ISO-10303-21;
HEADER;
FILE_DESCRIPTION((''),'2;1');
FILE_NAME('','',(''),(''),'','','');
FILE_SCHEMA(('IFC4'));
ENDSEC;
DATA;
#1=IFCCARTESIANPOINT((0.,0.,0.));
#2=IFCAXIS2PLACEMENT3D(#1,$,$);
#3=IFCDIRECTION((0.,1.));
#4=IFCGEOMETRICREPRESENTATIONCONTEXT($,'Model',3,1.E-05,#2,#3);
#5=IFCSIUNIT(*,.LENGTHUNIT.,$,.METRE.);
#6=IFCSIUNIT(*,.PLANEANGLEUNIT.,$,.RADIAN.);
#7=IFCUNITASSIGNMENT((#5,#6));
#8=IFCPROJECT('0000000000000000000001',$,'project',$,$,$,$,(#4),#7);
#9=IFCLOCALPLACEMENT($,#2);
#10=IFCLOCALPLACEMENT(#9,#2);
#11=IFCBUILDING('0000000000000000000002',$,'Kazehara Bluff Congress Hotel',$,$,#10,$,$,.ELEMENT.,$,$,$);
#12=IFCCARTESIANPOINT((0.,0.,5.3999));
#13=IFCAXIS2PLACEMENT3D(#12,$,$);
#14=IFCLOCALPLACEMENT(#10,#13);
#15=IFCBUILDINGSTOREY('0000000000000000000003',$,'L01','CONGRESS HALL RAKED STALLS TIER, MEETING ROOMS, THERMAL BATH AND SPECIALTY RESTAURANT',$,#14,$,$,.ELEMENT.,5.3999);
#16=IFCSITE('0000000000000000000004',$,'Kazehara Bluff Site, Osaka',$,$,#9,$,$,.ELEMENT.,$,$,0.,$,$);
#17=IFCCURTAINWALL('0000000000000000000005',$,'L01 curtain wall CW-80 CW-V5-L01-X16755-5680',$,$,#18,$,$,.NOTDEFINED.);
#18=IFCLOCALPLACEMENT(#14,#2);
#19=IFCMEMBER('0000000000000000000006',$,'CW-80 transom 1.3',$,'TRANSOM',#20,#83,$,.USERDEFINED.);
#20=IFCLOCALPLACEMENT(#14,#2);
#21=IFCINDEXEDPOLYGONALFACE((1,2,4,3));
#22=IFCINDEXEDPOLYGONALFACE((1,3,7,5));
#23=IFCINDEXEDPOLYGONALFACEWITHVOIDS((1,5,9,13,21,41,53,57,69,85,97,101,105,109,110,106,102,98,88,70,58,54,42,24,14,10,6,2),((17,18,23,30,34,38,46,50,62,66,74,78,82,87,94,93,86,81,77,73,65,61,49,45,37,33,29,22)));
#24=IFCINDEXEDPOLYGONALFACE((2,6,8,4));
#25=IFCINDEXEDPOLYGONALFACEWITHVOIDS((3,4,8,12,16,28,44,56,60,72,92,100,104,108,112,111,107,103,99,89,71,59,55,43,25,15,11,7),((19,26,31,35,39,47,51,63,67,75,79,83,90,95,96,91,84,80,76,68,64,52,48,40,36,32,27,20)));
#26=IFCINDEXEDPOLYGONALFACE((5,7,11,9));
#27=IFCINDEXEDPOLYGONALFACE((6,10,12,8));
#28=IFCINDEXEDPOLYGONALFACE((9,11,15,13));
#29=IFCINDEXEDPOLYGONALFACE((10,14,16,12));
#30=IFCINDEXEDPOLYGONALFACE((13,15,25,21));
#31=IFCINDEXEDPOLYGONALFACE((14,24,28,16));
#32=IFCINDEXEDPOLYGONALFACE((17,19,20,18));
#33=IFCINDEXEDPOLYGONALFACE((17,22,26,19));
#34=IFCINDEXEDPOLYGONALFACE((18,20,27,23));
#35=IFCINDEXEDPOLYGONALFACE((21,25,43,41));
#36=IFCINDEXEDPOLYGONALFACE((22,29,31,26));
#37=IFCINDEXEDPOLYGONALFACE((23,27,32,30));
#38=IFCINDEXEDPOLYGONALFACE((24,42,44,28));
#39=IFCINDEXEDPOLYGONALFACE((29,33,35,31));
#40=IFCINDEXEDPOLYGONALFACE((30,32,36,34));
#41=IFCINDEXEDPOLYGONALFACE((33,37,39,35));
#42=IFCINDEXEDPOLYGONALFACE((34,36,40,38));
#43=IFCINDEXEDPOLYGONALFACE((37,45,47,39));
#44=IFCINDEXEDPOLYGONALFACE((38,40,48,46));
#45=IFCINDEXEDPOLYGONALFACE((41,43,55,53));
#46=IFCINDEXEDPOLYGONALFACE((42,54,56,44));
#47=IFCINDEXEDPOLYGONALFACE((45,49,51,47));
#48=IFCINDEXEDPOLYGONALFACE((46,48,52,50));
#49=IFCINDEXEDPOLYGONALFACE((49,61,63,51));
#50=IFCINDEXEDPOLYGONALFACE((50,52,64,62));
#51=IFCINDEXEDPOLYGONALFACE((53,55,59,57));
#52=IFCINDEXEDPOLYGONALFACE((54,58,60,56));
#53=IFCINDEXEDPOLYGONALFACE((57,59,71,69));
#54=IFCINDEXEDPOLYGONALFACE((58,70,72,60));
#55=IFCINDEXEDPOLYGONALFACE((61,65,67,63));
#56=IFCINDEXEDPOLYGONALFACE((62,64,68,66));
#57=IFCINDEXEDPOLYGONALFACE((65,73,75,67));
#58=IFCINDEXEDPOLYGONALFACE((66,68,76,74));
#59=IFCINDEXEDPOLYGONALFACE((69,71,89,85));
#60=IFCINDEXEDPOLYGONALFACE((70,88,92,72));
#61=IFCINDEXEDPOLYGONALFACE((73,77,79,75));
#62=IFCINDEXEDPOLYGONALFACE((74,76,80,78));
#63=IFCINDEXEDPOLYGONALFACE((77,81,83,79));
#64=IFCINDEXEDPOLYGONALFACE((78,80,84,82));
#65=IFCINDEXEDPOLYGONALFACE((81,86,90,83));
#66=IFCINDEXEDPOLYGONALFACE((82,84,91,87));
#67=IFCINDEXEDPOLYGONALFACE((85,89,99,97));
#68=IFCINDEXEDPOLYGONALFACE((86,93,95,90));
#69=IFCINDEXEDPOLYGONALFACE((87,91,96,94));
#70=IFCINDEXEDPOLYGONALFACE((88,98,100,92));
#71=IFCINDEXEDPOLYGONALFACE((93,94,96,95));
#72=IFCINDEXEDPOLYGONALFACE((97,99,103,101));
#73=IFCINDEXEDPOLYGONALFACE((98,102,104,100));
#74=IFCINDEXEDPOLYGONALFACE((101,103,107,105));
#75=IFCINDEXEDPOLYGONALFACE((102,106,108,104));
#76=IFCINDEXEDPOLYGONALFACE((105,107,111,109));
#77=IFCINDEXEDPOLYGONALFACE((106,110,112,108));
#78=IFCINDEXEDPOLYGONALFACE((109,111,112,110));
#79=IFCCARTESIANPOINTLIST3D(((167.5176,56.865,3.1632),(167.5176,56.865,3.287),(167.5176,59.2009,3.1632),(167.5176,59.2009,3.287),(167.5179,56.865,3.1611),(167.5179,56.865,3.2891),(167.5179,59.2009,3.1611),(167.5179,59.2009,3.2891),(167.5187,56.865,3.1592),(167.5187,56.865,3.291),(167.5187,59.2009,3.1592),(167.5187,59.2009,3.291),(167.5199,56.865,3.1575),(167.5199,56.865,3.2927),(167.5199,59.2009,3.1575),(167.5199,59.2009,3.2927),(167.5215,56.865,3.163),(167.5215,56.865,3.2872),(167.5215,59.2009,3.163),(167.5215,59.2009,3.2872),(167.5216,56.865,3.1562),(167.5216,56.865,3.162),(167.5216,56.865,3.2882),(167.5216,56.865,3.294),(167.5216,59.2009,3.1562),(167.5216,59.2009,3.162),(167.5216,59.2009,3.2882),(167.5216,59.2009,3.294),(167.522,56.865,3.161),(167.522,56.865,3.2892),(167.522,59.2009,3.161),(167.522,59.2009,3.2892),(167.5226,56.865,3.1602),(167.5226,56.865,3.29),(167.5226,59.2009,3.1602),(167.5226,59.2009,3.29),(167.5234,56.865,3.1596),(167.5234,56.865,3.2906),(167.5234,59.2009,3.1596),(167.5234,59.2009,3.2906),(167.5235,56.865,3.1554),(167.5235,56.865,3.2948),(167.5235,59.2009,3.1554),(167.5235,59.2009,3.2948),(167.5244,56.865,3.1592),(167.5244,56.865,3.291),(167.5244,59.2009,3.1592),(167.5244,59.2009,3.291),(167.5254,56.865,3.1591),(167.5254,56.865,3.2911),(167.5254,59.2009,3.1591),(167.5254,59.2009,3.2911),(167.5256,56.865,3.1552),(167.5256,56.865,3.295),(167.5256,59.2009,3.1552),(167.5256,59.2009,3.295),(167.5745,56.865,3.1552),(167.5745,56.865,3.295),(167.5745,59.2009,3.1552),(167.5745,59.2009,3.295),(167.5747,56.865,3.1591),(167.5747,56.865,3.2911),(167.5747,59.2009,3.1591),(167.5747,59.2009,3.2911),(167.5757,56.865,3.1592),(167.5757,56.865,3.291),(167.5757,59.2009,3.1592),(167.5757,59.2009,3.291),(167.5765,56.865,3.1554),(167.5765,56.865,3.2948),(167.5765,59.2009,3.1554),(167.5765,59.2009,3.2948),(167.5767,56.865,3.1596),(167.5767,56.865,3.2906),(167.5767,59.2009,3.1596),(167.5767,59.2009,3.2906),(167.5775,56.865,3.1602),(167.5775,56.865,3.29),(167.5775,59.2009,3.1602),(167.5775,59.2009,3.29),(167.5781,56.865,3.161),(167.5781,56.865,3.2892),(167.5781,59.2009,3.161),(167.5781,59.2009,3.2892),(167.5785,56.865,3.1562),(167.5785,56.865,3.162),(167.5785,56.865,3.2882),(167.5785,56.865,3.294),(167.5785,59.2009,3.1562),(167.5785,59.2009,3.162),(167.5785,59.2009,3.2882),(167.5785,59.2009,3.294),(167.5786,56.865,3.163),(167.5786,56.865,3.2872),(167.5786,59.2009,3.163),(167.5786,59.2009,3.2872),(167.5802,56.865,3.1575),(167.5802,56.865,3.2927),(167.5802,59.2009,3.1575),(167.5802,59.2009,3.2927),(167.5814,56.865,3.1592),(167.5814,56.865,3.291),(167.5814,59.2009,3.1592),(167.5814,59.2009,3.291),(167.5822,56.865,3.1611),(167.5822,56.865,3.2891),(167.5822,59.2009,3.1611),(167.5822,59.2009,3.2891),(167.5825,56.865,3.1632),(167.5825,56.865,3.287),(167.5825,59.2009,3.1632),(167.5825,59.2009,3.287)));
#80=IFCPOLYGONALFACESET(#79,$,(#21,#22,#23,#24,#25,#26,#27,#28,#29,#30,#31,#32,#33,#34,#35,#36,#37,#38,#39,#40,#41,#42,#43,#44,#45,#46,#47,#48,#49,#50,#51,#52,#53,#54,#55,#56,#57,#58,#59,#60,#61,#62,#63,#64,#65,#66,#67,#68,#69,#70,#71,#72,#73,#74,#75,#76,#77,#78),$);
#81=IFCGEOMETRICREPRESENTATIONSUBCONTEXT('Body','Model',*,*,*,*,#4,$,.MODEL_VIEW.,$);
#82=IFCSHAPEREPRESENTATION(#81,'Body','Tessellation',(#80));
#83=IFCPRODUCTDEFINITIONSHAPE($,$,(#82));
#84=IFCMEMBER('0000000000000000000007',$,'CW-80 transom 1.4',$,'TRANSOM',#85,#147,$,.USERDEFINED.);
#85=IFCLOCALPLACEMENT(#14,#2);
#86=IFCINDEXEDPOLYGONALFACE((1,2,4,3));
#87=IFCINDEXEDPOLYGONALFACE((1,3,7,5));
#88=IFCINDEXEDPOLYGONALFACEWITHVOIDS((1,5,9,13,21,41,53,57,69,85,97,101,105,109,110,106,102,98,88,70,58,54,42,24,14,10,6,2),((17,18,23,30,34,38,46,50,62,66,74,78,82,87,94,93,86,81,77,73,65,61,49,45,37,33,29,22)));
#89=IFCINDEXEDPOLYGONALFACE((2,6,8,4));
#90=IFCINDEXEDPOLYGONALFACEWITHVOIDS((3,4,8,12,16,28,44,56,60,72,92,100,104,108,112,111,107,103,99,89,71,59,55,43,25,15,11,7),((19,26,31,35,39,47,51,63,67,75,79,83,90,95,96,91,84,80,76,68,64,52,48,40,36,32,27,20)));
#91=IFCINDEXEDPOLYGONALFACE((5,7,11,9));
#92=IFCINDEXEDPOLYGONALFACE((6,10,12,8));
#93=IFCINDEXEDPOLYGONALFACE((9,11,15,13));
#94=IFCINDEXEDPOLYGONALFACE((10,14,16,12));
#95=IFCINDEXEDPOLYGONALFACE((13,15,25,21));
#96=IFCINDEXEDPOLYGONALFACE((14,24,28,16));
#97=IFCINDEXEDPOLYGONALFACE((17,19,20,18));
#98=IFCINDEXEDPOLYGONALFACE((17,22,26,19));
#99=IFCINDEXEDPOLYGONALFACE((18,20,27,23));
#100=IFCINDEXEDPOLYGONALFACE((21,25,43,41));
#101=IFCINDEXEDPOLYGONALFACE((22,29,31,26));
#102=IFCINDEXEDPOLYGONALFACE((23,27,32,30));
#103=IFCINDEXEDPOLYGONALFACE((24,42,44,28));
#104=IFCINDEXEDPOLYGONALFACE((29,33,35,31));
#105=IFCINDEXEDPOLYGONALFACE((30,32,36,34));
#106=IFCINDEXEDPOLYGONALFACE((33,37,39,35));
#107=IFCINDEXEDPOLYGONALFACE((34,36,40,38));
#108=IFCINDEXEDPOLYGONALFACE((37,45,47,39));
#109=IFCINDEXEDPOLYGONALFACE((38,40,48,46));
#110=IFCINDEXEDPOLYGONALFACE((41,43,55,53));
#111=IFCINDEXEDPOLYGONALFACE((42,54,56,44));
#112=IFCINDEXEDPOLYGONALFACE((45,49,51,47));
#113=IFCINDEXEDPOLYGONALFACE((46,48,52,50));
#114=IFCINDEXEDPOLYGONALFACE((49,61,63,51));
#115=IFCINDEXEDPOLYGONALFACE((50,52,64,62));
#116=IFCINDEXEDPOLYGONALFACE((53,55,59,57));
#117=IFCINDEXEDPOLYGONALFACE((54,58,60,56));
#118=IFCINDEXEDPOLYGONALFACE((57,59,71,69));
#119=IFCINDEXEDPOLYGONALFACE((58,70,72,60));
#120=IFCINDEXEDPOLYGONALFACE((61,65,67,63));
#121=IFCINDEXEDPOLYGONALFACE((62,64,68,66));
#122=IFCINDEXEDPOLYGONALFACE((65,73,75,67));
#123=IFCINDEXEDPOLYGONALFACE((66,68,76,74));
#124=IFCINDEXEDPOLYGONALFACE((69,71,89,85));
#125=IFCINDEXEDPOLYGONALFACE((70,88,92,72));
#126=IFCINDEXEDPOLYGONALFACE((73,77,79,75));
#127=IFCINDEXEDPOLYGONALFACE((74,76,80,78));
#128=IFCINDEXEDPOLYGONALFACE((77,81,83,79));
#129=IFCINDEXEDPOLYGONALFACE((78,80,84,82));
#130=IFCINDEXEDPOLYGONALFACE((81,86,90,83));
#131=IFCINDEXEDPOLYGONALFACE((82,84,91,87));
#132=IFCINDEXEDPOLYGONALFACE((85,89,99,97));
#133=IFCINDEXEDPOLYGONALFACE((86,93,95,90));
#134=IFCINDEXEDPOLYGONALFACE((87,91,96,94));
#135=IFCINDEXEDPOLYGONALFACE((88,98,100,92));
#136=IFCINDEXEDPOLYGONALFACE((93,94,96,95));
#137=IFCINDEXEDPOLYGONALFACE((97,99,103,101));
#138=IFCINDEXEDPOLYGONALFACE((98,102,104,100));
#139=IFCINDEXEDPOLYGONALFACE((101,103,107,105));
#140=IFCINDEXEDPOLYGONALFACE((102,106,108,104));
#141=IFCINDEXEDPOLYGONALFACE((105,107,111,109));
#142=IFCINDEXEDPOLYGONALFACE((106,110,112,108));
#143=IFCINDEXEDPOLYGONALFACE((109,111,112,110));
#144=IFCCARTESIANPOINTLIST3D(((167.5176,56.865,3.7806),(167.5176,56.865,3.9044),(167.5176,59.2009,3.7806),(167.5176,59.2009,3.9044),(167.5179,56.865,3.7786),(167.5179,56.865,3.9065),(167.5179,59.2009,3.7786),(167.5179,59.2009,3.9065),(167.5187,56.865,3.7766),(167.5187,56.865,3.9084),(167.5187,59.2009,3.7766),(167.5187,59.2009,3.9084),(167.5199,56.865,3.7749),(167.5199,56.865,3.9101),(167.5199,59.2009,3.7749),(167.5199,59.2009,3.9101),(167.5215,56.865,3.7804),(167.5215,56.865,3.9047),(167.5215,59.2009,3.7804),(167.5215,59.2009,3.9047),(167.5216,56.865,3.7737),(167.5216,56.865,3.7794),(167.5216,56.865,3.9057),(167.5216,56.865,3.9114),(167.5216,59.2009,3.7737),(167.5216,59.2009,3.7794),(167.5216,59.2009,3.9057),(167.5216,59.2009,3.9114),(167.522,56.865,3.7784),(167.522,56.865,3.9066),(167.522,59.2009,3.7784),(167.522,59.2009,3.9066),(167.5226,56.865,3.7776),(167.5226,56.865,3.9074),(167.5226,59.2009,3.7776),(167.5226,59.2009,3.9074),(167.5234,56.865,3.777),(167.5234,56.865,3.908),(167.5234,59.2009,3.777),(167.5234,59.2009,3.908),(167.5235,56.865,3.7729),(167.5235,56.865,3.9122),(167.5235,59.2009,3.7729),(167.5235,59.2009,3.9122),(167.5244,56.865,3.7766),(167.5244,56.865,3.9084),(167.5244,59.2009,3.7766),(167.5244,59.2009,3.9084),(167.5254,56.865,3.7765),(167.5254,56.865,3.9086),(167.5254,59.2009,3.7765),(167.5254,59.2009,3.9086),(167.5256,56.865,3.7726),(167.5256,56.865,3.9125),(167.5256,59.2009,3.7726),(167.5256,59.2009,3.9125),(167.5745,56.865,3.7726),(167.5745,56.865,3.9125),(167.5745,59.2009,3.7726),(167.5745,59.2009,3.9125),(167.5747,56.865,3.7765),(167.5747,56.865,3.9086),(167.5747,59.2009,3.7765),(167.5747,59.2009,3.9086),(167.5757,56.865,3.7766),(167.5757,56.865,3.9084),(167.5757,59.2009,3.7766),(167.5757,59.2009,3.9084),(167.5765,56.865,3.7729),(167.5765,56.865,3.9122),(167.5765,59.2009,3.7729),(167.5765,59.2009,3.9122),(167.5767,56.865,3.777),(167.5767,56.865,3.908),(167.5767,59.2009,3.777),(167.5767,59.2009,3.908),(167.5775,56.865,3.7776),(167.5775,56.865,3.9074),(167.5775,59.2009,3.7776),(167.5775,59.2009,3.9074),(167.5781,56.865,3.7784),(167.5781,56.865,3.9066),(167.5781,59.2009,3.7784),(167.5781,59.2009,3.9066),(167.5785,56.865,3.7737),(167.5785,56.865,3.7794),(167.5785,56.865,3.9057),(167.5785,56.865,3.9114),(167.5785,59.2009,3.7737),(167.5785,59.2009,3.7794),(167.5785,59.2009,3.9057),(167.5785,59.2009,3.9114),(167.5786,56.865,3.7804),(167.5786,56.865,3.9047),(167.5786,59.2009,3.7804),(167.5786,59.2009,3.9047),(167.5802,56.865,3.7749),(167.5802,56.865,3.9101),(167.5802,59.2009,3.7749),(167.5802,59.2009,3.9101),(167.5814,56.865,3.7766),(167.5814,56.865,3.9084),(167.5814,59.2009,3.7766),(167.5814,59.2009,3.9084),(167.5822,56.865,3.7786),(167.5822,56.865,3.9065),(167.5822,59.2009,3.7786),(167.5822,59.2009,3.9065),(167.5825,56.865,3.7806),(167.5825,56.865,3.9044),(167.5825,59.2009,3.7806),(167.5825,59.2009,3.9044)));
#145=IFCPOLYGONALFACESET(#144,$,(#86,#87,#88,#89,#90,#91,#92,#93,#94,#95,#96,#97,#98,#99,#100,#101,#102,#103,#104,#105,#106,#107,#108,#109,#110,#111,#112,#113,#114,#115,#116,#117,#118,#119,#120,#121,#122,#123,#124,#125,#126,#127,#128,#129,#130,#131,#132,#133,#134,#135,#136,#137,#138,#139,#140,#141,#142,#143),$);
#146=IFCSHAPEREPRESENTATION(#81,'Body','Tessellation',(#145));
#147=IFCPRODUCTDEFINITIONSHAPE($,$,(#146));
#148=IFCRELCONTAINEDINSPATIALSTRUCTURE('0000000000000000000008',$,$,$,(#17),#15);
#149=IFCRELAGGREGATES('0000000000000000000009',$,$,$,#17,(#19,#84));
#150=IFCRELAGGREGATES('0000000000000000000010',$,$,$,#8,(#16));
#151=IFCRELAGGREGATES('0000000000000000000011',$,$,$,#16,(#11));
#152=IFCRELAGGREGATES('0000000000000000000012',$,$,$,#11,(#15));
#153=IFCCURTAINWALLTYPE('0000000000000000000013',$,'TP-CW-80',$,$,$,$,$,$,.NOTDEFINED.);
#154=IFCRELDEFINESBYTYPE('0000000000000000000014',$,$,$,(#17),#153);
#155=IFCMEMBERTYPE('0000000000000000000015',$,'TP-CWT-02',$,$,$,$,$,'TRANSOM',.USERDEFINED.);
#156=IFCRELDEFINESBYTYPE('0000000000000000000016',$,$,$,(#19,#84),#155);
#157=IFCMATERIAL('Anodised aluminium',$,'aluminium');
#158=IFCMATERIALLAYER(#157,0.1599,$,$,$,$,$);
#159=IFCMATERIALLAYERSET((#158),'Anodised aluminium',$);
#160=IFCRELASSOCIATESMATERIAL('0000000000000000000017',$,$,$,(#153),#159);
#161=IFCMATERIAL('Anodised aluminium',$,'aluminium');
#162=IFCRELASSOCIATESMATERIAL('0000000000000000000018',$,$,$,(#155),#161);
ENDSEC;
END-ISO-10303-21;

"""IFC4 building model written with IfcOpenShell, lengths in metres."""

from ifc_helpers import new_model, si_unit, direction, frame, origin, origin_2d, place, context, subcontext, project, spatial, hollow_rectangle, extrude, material, layer, layer_set, material_profile, profile_set, type_object, element, aggregate, save


model = new_model("IFC4")

# Units and contexts
model_context = context("Model", 3, precision=1e-05, world=origin(), true_north=direction((0.0, 1.0)))
body_context = subcontext(model_context, "Body", "Model", "MODEL_VIEW")
ifc_project = project(units=[si_unit("LENGTHUNIT", "METRE"), si_unit("PLANEANGLEUNIT", "RADIAN")], contexts=[model_context])

# Site, building, storey
site_placement = place(None, origin())
site = spatial("IfcSite", under=ifc_project, at=site_placement, Name="Kazehara Bluff Site, Osaka", CompositionType="ELEMENT", RefElevation=0.0)
building_placement = place(site_placement, origin())
building = spatial("IfcBuilding", under=site, at=building_placement, Name="Kazehara Bluff Congress Hotel", CompositionType="ELEMENT")
storey_placement = place(building_placement, frame((0.0, 0.0, 5.3999)))
storey = spatial("IfcBuildingStorey", under=building, at=storey_placement, Name="L01", Description="CONGRESS HALL RAKED STALLS TIER, MEETING ROOMS, THERMAL BATH AND SPECIALTY RESTAURANT", CompositionType="ELEMENT", Elevation=5.3999)

# Shared definitions
ifc_material_1 = material(Name="Anodised aluminium", Category="aluminium")
ifc_layer_1 = layer(ifc_material_1, 0.1599)
ifc_layer_set_1 = layer_set([ifc_layer_1], Name="Anodised aluminium")
curtain_wall_type = type_object("IfcCurtainWallType", Name="TP-CW-80", PredefinedType="NOTDEFINED", material=ifc_layer_set_1)

# Curtain wall
curtain_wall_1_placement = place(storey_placement, origin())
curtain_wall_1 = element("IfcCurtainWall", 1, at=curtain_wall_1_placement, inside=storey, type_object=curtain_wall_type, Name="L01 curtain wall CW-80 CW-V5-L01-X16755-5680", PredefinedType="NOTDEFINED")

# Members
ifc_material_2 = material(Name="Anodised aluminium", Category="aluminium")
ifc_material_profile_1 = material_profile(ifc_material_2, hollow_rectangle(XDim=0.0649, YDim=0.1399, WallThickness=0.0039, InnerFilletRadius=0.0039, OuterFilletRadius=0.0081, at=origin_2d()))
ifc_profile_set_1 = profile_set([ifc_material_profile_1], Name="Anodised aluminium")
member_type_1 = type_object("IfcMemberType", Name="TP-CWT-02", ElementType="TRANSOM", PredefinedType="USERDEFINED", material=ifc_profile_set_1)
member_1_placement = place(storey_placement, frame((167.55, 56.865, 3.2251), z_axis=(0.0, 1.0, 0.0), x_axis=(-1.0, 0.0, 0.0)))
member_1 = element("IfcMember", 2, at=member_1_placement, type_object=member_type_1, Name="CW-80 transom 1.3", ObjectType="TRANSOM", PredefinedType="USERDEFINED", context=body_context, shape_type="SweptSolid", body=[
    extrude(hollow_rectangle(XDim=0.0649, YDim=0.1399, WallThickness=0.0039, InnerFilletRadius=0.0039, OuterFilletRadius=0.0081, at=origin_2d()), origin(), (0.0, 0.0, 1.0), 2.3359),
])
member_2_placement = place(storey_placement, frame((167.55, 56.865, 3.8425), z_axis=(0.0, 1.0, 0.0), x_axis=(-1.0, 0.0, 0.0)))
member_2 = element("IfcMember", 3, at=member_2_placement, type_object=member_type_1, Name="CW-80 transom 1.4", ObjectType="TRANSOM", PredefinedType="USERDEFINED", context=body_context, shape_type="SweptSolid", body=[
    extrude(hollow_rectangle(XDim=0.0649, YDim=0.1399, WallThickness=0.0039, InnerFilletRadius=0.0039, OuterFilletRadius=0.0081, at=origin_2d()), origin(), (0.0, 0.0, 1.0), 2.3359),
])

aggregate(curtain_wall_1, [member_1, member_2])

save(model, "model.ifc")
